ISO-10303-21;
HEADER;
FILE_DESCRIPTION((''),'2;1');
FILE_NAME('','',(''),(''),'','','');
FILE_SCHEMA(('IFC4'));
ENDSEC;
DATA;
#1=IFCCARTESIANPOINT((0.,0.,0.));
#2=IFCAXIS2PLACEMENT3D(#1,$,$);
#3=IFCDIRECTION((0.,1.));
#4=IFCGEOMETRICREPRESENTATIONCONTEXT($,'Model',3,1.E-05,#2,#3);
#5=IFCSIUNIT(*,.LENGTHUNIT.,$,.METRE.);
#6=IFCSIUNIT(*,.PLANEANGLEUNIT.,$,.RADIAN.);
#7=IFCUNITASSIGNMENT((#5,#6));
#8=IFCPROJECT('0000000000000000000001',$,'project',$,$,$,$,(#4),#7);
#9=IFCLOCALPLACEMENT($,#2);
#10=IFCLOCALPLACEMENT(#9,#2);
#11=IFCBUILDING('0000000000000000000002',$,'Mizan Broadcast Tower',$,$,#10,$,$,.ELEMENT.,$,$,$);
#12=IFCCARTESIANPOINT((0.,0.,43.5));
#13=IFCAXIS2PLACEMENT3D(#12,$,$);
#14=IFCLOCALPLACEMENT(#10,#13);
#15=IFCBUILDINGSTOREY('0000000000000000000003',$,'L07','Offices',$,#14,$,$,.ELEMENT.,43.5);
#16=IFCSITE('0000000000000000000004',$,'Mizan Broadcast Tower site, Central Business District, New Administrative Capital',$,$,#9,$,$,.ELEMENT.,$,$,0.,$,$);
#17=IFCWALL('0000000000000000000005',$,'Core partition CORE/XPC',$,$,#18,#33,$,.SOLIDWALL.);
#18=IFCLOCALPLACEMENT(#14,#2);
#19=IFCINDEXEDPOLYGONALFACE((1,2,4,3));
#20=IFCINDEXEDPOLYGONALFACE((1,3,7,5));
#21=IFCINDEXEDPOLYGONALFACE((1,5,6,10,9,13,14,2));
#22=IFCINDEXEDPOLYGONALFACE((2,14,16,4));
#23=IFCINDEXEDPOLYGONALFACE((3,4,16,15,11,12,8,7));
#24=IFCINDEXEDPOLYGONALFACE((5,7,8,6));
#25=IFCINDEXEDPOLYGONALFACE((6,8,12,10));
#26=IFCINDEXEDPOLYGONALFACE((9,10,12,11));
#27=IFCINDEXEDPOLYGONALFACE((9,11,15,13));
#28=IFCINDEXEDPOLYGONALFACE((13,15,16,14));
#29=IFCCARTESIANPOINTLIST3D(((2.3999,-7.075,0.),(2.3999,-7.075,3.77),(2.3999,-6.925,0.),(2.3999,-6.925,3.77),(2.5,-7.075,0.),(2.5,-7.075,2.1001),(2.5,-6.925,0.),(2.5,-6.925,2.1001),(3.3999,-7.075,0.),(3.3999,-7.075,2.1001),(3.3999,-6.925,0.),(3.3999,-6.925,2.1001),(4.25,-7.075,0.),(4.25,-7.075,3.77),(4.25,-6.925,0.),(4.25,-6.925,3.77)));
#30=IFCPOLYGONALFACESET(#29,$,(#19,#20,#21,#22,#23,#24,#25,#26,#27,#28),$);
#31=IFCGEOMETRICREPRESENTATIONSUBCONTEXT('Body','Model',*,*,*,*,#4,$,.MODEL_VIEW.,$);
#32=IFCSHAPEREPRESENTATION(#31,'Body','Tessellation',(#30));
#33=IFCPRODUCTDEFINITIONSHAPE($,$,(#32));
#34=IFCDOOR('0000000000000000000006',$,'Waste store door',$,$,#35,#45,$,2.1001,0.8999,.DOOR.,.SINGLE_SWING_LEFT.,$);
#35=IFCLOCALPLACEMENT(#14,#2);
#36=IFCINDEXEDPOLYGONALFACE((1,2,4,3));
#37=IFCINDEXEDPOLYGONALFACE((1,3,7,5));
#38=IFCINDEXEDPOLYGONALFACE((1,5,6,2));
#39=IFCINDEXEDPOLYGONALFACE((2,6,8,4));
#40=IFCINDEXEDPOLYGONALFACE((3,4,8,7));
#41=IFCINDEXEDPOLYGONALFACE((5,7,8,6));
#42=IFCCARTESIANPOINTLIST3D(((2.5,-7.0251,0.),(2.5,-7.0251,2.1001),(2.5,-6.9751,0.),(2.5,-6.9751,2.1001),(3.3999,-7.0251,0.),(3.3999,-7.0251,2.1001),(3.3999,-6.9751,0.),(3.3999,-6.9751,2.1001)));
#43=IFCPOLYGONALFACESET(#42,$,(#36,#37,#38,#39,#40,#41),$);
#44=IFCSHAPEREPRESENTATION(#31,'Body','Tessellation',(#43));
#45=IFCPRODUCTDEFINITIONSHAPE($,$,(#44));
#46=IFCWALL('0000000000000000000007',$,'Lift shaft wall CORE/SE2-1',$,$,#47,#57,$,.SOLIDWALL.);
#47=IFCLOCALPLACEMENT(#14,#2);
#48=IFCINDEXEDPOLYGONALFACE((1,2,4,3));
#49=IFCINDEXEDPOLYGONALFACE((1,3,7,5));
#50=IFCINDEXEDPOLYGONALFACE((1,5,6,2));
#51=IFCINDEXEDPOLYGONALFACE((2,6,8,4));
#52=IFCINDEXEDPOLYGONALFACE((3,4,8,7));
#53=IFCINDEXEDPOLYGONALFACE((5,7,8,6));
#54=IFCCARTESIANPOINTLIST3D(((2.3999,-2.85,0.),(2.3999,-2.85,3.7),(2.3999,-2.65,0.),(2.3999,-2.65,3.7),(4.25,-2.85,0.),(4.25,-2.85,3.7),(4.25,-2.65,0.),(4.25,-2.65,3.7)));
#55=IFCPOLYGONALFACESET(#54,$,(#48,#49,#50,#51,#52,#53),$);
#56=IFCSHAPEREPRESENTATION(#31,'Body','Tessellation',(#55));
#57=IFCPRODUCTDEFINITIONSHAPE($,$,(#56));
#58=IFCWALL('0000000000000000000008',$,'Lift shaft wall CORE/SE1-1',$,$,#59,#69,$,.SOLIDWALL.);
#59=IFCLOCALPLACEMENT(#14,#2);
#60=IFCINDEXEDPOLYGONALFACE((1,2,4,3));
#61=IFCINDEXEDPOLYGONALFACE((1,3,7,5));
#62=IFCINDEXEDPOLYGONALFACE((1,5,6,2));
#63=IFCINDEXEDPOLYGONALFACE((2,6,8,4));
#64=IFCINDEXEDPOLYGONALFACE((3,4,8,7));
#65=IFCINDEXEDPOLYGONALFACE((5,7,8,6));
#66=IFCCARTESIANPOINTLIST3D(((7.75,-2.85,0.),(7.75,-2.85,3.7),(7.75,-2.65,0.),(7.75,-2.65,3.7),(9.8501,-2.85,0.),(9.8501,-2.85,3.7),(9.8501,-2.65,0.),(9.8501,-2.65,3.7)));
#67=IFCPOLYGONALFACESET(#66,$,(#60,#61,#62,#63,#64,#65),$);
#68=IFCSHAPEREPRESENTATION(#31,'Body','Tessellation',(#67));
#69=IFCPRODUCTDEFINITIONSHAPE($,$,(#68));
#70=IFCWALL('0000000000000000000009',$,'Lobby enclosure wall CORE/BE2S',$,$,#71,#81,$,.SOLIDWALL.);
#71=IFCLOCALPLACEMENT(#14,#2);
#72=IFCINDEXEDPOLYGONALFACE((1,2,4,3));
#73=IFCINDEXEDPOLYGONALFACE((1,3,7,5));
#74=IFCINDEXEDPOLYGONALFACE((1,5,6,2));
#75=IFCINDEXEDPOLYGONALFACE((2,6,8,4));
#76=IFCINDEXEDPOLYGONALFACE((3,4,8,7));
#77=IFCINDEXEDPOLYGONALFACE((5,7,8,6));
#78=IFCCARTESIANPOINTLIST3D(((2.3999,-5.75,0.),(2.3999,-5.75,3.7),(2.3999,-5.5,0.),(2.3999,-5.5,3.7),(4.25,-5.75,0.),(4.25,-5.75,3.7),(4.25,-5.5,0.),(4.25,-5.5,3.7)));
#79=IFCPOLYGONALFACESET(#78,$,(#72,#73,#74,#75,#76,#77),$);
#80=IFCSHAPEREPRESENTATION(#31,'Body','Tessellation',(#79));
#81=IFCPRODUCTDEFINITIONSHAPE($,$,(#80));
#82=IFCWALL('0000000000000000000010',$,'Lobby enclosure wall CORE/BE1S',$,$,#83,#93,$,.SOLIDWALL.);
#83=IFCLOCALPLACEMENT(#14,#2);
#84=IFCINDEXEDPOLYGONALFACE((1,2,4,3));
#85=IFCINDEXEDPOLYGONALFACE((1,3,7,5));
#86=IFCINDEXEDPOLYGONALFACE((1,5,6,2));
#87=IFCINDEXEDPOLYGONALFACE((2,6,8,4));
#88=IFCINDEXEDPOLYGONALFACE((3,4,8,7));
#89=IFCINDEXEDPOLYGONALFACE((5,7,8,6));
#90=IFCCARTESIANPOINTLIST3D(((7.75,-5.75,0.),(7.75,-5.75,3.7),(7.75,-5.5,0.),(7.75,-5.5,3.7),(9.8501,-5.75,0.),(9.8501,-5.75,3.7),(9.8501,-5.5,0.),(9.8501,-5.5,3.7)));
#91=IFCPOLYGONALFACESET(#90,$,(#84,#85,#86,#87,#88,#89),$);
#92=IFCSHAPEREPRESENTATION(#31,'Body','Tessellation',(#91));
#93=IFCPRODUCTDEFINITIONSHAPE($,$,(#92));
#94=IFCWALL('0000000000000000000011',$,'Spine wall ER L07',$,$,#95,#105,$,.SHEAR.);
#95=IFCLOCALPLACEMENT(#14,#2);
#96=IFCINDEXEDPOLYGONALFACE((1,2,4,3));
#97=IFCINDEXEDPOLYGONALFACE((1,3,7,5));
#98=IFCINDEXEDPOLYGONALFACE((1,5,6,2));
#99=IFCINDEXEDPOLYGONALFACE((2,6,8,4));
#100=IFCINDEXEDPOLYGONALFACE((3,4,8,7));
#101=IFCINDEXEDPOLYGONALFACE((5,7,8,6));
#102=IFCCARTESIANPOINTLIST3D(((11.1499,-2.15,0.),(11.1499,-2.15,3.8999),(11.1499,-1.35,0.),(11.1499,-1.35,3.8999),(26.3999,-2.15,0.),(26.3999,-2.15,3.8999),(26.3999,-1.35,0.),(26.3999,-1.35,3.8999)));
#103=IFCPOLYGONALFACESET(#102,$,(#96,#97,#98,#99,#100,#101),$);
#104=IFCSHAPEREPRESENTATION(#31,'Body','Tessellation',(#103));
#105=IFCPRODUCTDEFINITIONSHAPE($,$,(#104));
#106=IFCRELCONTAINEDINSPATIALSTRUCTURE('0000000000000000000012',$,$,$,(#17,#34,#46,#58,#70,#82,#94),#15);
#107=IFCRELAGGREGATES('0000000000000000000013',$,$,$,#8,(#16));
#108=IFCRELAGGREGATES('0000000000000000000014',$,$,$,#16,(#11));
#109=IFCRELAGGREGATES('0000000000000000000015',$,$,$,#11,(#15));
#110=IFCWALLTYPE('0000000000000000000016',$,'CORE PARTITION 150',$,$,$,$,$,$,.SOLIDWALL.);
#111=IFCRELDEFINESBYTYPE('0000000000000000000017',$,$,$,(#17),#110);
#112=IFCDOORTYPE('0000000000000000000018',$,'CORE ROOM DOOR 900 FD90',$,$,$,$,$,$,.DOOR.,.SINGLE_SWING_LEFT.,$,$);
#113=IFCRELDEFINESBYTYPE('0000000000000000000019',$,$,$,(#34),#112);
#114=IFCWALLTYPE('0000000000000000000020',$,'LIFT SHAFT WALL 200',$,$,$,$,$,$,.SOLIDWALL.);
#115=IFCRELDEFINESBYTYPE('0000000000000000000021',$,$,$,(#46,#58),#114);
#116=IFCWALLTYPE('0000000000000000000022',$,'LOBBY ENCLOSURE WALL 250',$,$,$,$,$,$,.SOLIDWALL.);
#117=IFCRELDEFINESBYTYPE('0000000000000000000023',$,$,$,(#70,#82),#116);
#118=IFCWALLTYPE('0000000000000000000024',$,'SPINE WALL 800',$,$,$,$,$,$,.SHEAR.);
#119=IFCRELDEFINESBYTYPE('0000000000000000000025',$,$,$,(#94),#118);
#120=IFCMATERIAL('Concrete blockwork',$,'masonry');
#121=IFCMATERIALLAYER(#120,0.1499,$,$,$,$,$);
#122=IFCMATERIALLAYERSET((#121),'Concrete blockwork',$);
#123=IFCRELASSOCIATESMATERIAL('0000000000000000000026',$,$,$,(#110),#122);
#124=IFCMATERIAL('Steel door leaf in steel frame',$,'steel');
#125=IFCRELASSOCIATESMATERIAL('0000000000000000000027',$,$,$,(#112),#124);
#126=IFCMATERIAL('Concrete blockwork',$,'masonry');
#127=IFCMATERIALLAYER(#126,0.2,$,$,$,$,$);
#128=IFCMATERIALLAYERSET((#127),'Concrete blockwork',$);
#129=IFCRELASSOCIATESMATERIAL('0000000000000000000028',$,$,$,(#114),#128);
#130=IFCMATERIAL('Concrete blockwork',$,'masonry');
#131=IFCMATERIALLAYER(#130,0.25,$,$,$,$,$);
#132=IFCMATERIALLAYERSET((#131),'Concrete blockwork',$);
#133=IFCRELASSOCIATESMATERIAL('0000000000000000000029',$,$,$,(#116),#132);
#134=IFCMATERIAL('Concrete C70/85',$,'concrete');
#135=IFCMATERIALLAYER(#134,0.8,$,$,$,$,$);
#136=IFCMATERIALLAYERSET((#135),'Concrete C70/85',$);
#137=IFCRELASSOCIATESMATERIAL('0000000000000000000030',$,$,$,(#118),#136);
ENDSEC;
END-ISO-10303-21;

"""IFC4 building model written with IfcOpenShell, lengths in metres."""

from ifc_helpers import new_model, si_unit, direction, frame, frame_2d, origin, place, context, subcontext, project, spatial, rectangle, extrude, material, layer, layer_set, type_object, element, fill, save


model = new_model("IFC4")

# Units and contexts
model_context = context("Model", 3, precision=1e-05, world=origin(), true_north=direction((0.0, 1.0)))
body_context = subcontext(model_context, "Body", "Model", "MODEL_VIEW")
ifc_project = project(units=[si_unit("LENGTHUNIT", "METRE"), si_unit("PLANEANGLEUNIT", "RADIAN")], contexts=[model_context])

# Site, building, storey
site_placement = place(None, origin())
site = spatial("IfcSite", under=ifc_project, at=site_placement, Name="Mizan Broadcast Tower site, Central Business District, New Administrative Capital", CompositionType="ELEMENT", RefElevation=0.0)
building_placement = place(site_placement, origin())
building = spatial("IfcBuilding", under=site, at=building_placement, Name="Mizan Broadcast Tower", CompositionType="ELEMENT")
storey_placement = place(building_placement, frame((0.0, 0.0, 43.5)))
storey = spatial("IfcBuildingStorey", under=building, at=storey_placement, Name="L07", Description="Offices", CompositionType="ELEMENT", Elevation=43.5)

# Wall, opening, door
ifc_material_1 = material(Name="Concrete blockwork", Category="masonry")
ifc_layer_1 = layer(ifc_material_1, 0.1499)
ifc_layer_set_1 = layer_set([ifc_layer_1], Name="Concrete blockwork")
wall_type_1 = type_object("IfcWallType", Name="CORE PARTITION 150", PredefinedType="SOLIDWALL", material=ifc_layer_set_1)
wall_1_placement = place(storey_placement, frame((2.3999, -7.0, 0.0), z_axis=(0.0, 0.0, 1.0), x_axis=(1.0, 0.0, 0.0)))
wall_1 = element("IfcWall", 1, at=wall_1_placement, inside=storey, type_object=wall_type_1, Name="Core partition CORE/XPC", PredefinedType="SOLIDWALL", context=body_context, shape_type="SweptSolid", body=[
    extrude(rectangle(XDim=1.8501, YDim=0.1499, at=frame_2d((0.925, 0.0))), origin(), (0.0, 0.0, 1.0), 3.77),
])
opening_placement = place(wall_1_placement, frame((0.1001, 0.0, 0.0)))
opening = element("IfcOpeningElement", 2, at=opening_placement, cuts=wall_1, PredefinedType="OPENING", context=body_context, shape_type="SweptSolid", body=[
    extrude(rectangle(XDim=0.8999, YDim=2.1001, at=frame_2d((0.45, 1.05))), frame((0.0, 0.085, 0.0), z_axis=(0.0, -1.0, 0.0), x_axis=(1.0, 0.0, 0.0)), (0.0, 0.0, 1.0), 0.1699),
])
ifc_material_2 = material(Name="Steel door leaf in steel frame", Category="steel")
door_type = type_object("IfcDoorType", Name="CORE ROOM DOOR 900 FD90", OperationType="SINGLE_SWING_LEFT", PredefinedType="DOOR", material=ifc_material_2)
door_placement = place(opening_placement, origin())
door = element("IfcDoor", 3, at=door_placement, inside=storey, type_object=door_type, Name="Waste store door", OperationType="SINGLE_SWING_LEFT", OverallHeight=2.1001, OverallWidth=0.8999, PredefinedType="DOOR", context=body_context, shape_type="SweptSolid", body=[
    extrude(rectangle(XDim=0.8999, YDim=2.1001, at=frame_2d((0.45, 1.05))), frame((0.0, 0.0249, 0.0), z_axis=(0.0, -1.0, 0.0), x_axis=(1.0, 0.0, 0.0)), (0.0, 0.0, 1.0), 0.05),
])
fill(opening, door)

# Walls
ifc_material_3 = material(Name="Concrete blockwork", Category="masonry")
ifc_layer_2 = layer(ifc_material_3, 0.2)
ifc_layer_set_2 = layer_set([ifc_layer_2], Name="Concrete blockwork")
wall_type_2 = type_object("IfcWallType", Name="LIFT SHAFT WALL 200", PredefinedType="SOLIDWALL", material=ifc_layer_set_2)
wall_2_placement = place(storey_placement, frame((2.3999, -2.75, 0.0), z_axis=(0.0, 0.0, 1.0), x_axis=(1.0, 0.0, 0.0)))
element("IfcWall", 4, at=wall_2_placement, inside=storey, type_object=wall_type_2, Name="Lift shaft wall CORE/SE2-1", PredefinedType="SOLIDWALL", context=body_context, shape_type="SweptSolid", body=[
    extrude(rectangle(XDim=1.8501, YDim=0.2, at=frame_2d((0.925, 0.0))), origin(), (0.0, 0.0, 1.0), 3.7),
])
wall_3_placement = place(storey_placement, frame((7.75, -2.75, 0.0), z_axis=(0.0, 0.0, 1.0), x_axis=(1.0, 0.0, 0.0)))
element("IfcWall", 5, at=wall_3_placement, inside=storey, type_object=wall_type_2, Name="Lift shaft wall CORE/SE1-1", PredefinedType="SOLIDWALL", context=body_context, shape_type="SweptSolid", body=[
    extrude(rectangle(XDim=2.1001, YDim=0.2, at=frame_2d((1.05, 0.0))), origin(), (0.0, 0.0, 1.0), 3.7),
])
ifc_material_4 = material(Name="Concrete blockwork", Category="masonry")
ifc_layer_3 = layer(ifc_material_4, 0.25)
ifc_layer_set_3 = layer_set([ifc_layer_3], Name="Concrete blockwork")
wall_type_3 = type_object("IfcWallType", Name="LOBBY ENCLOSURE WALL 250", PredefinedType="SOLIDWALL", material=ifc_layer_set_3)
wall_4_placement = place(storey_placement, frame((2.3999, -5.625, 0.0), z_axis=(0.0, 0.0, 1.0), x_axis=(1.0, 0.0, 0.0)))
element("IfcWall", 6, at=wall_4_placement, inside=storey, type_object=wall_type_3, Name="Lobby enclosure wall CORE/BE2S", PredefinedType="SOLIDWALL", context=body_context, shape_type="SweptSolid", body=[
    extrude(rectangle(XDim=1.8501, YDim=0.25, at=frame_2d((0.925, 0.0))), origin(), (0.0, 0.0, 1.0), 3.7),
])
wall_5_placement = place(storey_placement, frame((7.75, -5.625, 0.0), z_axis=(0.0, 0.0, 1.0), x_axis=(1.0, 0.0, 0.0)))
element("IfcWall", 7, at=wall_5_placement, inside=storey, type_object=wall_type_3, Name="Lobby enclosure wall CORE/BE1S", PredefinedType="SOLIDWALL", context=body_context, shape_type="SweptSolid", body=[
    extrude(rectangle(XDim=2.1001, YDim=0.25, at=frame_2d((1.05, 0.0))), origin(), (0.0, 0.0, 1.0), 3.7),
])
ifc_material_5 = material(Name="Concrete C70/85", Category="concrete")
ifc_layer_4 = layer(ifc_material_5, 0.8)
ifc_layer_set_4 = layer_set([ifc_layer_4], Name="Concrete C70/85")
wall_type_4 = type_object("IfcWallType", Name="SPINE WALL 800", PredefinedType="SHEAR", material=ifc_layer_set_4)
wall_6_placement = place(storey_placement, frame((11.1499, -1.75, 0.0), z_axis=(0.0, 0.0, 1.0), x_axis=(1.0, 0.0, 0.0)))
element("IfcWall", 8, at=wall_6_placement, inside=storey, type_object=wall_type_4, Name="Spine wall ER L07", PredefinedType="SHEAR", context=body_context, shape_type="SweptSolid", body=[
    extrude(rectangle(XDim=15.25, YDim=0.8, at=frame_2d((7.625, 0.0))), origin(), (0.0, 0.0, 1.0), 3.8999),
])

save(model, "model.ifc")
